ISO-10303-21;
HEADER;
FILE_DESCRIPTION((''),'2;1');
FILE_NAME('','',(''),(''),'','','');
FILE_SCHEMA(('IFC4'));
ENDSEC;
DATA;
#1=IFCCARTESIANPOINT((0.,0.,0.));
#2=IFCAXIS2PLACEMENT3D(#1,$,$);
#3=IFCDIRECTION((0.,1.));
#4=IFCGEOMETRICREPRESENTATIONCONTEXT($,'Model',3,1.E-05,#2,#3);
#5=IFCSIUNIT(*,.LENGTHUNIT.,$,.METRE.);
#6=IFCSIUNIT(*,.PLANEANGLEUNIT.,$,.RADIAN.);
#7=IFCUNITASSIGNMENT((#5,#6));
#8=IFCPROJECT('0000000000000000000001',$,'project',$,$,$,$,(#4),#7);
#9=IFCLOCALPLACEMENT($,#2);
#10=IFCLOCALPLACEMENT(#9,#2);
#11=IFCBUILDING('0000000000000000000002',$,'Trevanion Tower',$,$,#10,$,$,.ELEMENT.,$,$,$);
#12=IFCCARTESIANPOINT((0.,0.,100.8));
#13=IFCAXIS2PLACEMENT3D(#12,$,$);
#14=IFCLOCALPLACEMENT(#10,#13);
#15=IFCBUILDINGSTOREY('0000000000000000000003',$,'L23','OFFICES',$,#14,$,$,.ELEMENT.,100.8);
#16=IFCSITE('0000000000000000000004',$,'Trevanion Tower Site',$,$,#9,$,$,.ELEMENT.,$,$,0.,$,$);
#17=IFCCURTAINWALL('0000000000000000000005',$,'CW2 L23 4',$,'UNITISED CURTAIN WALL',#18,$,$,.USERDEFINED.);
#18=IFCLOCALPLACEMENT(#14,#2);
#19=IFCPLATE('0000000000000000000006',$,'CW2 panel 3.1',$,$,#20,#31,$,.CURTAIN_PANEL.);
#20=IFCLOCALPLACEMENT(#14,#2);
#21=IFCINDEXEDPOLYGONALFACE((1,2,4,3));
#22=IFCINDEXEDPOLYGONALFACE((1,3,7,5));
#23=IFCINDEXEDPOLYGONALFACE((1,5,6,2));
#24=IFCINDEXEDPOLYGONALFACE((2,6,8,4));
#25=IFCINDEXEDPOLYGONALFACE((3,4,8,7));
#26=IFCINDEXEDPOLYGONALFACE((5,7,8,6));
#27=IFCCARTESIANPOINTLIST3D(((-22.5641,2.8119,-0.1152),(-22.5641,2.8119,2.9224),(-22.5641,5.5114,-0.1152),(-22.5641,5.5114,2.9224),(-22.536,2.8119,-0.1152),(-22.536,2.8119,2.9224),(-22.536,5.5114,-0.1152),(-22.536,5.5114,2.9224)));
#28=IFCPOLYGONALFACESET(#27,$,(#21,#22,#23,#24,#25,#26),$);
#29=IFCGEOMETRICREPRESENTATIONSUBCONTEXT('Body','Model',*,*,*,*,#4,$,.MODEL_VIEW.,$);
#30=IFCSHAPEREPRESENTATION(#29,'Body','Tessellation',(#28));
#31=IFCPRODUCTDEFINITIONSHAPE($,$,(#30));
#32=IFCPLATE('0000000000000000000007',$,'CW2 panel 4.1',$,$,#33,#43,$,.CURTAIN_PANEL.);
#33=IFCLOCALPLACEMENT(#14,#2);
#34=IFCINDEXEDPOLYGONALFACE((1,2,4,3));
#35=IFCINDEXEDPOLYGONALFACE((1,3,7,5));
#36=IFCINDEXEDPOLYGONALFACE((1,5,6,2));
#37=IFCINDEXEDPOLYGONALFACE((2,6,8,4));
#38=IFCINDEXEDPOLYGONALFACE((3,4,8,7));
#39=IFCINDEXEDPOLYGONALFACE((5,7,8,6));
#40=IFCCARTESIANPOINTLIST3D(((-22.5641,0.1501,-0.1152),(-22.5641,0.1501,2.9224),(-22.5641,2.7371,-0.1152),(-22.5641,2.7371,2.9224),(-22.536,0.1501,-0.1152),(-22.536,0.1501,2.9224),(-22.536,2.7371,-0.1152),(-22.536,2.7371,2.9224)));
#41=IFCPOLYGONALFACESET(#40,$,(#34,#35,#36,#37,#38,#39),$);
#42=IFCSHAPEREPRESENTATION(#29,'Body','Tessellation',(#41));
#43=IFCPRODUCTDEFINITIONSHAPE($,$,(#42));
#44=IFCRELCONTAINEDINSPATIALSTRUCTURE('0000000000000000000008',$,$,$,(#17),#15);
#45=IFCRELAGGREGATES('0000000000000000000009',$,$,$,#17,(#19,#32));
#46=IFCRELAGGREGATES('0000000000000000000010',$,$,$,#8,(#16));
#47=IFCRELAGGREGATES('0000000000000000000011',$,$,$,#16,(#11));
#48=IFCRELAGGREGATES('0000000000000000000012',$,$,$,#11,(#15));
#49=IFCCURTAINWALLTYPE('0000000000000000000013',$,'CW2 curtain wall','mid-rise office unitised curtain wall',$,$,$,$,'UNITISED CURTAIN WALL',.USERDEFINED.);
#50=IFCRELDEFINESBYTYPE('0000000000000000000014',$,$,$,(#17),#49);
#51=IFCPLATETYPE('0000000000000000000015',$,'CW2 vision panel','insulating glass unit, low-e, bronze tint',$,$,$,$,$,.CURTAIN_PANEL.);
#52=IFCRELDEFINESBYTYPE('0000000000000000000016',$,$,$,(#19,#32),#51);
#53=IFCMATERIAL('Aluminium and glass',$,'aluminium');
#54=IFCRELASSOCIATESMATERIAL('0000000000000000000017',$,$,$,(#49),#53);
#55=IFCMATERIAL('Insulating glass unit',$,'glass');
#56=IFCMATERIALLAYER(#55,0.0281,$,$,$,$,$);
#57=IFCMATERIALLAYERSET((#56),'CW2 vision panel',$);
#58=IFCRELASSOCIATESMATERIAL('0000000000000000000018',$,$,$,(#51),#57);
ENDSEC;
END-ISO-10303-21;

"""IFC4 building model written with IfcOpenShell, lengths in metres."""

from ifc_helpers import new_model, si_unit, direction, frame, origin, origin_2d, place, context, subcontext, project, spatial, rectangle, extrude, material, layer, layer_set, type_object, element, aggregate, save


model = new_model("IFC4")

# Units and contexts
model_context = context("Model", 3, precision=1e-05, world=origin(), true_north=direction((0.0, 1.0)))
body_context = subcontext(model_context, "Body", "Model", "MODEL_VIEW")
ifc_project = project(units=[si_unit("LENGTHUNIT", "METRE"), si_unit("PLANEANGLEUNIT", "RADIAN")], contexts=[model_context])

# Site, building, storey
site_placement = place(None, origin())
site = spatial("IfcSite", under=ifc_project, at=site_placement, Name="Trevanion Tower Site", CompositionType="ELEMENT", RefElevation=0.0)
building_placement = place(site_placement, origin())
building = spatial("IfcBuilding", under=site, at=building_placement, Name="Trevanion Tower", CompositionType="ELEMENT")
storey_placement = place(building_placement, frame((0.0, 0.0, 100.8)))
storey = spatial("IfcBuildingStorey", under=building, at=storey_placement, Name="L23", Description="OFFICES", CompositionType="ELEMENT", Elevation=100.8)

# Curtain wall, plates
ifc_material_1 = material(Name="Aluminium and glass", Category="aluminium")
curtain_wall_type = type_object("IfcCurtainWallType", Name="CW2 curtain wall", Description="mid-rise office unitised curtain wall", ElementType="UNITISED CURTAIN WALL", PredefinedType="USERDEFINED", material=ifc_material_1)
curtain_wall_placement = place(storey_placement, origin())
curtain_wall = element("IfcCurtainWall", 1, at=curtain_wall_placement, inside=storey, type_object=curtain_wall_type, Name="CW2 L23 4", ObjectType="UNITISED CURTAIN WALL", PredefinedType="USERDEFINED")
ifc_material_2 = material(Name="Insulating glass unit", Category="glass")
ifc_layer_1 = layer(ifc_material_2, 0.0281)
ifc_layer_set_1 = layer_set([ifc_layer_1], Name="CW2 vision panel")
plate_type_1 = type_object("IfcPlateType", Name="CW2 vision panel", Description="insulating glass unit, low-e, bronze tint", PredefinedType="CURTAIN_PANEL", material=ifc_layer_set_1)
plate_1_placement = place(storey_placement, frame((-22.55, 4.1616, -0.1152), z_axis=(0.0, 0.0, 1.0), x_axis=(0.0, -1.0, 0.0)))
plate_1 = element("IfcPlate", 2, at=plate_1_placement, type_object=plate_type_1, Name="CW2 panel 3.1", PredefinedType="CURTAIN_PANEL", context=body_context, shape_type="SweptSolid", body=[
    extrude(rectangle(XDim=2.6995, YDim=0.0281, at=origin_2d()), origin(), (0.0, 0.0, 1.0), 3.0376),
])
plate_2_placement = place(storey_placement, frame((-22.55, 1.4436, -0.1152), z_axis=(0.0, 0.0, 1.0), x_axis=(0.0, -1.0, 0.0)))
plate_2 = element("IfcPlate", 3, at=plate_2_placement, type_object=plate_type_1, Name="CW2 panel 4.1", PredefinedType="CURTAIN_PANEL", context=body_context, shape_type="SweptSolid", body=[
    extrude(rectangle(XDim=2.5869, YDim=0.0281, at=origin_2d()), origin(), (0.0, 0.0, 1.0), 3.0376),
])
aggregate(curtain_wall, [plate_1, plate_2])

save(model, "model.ifc")
